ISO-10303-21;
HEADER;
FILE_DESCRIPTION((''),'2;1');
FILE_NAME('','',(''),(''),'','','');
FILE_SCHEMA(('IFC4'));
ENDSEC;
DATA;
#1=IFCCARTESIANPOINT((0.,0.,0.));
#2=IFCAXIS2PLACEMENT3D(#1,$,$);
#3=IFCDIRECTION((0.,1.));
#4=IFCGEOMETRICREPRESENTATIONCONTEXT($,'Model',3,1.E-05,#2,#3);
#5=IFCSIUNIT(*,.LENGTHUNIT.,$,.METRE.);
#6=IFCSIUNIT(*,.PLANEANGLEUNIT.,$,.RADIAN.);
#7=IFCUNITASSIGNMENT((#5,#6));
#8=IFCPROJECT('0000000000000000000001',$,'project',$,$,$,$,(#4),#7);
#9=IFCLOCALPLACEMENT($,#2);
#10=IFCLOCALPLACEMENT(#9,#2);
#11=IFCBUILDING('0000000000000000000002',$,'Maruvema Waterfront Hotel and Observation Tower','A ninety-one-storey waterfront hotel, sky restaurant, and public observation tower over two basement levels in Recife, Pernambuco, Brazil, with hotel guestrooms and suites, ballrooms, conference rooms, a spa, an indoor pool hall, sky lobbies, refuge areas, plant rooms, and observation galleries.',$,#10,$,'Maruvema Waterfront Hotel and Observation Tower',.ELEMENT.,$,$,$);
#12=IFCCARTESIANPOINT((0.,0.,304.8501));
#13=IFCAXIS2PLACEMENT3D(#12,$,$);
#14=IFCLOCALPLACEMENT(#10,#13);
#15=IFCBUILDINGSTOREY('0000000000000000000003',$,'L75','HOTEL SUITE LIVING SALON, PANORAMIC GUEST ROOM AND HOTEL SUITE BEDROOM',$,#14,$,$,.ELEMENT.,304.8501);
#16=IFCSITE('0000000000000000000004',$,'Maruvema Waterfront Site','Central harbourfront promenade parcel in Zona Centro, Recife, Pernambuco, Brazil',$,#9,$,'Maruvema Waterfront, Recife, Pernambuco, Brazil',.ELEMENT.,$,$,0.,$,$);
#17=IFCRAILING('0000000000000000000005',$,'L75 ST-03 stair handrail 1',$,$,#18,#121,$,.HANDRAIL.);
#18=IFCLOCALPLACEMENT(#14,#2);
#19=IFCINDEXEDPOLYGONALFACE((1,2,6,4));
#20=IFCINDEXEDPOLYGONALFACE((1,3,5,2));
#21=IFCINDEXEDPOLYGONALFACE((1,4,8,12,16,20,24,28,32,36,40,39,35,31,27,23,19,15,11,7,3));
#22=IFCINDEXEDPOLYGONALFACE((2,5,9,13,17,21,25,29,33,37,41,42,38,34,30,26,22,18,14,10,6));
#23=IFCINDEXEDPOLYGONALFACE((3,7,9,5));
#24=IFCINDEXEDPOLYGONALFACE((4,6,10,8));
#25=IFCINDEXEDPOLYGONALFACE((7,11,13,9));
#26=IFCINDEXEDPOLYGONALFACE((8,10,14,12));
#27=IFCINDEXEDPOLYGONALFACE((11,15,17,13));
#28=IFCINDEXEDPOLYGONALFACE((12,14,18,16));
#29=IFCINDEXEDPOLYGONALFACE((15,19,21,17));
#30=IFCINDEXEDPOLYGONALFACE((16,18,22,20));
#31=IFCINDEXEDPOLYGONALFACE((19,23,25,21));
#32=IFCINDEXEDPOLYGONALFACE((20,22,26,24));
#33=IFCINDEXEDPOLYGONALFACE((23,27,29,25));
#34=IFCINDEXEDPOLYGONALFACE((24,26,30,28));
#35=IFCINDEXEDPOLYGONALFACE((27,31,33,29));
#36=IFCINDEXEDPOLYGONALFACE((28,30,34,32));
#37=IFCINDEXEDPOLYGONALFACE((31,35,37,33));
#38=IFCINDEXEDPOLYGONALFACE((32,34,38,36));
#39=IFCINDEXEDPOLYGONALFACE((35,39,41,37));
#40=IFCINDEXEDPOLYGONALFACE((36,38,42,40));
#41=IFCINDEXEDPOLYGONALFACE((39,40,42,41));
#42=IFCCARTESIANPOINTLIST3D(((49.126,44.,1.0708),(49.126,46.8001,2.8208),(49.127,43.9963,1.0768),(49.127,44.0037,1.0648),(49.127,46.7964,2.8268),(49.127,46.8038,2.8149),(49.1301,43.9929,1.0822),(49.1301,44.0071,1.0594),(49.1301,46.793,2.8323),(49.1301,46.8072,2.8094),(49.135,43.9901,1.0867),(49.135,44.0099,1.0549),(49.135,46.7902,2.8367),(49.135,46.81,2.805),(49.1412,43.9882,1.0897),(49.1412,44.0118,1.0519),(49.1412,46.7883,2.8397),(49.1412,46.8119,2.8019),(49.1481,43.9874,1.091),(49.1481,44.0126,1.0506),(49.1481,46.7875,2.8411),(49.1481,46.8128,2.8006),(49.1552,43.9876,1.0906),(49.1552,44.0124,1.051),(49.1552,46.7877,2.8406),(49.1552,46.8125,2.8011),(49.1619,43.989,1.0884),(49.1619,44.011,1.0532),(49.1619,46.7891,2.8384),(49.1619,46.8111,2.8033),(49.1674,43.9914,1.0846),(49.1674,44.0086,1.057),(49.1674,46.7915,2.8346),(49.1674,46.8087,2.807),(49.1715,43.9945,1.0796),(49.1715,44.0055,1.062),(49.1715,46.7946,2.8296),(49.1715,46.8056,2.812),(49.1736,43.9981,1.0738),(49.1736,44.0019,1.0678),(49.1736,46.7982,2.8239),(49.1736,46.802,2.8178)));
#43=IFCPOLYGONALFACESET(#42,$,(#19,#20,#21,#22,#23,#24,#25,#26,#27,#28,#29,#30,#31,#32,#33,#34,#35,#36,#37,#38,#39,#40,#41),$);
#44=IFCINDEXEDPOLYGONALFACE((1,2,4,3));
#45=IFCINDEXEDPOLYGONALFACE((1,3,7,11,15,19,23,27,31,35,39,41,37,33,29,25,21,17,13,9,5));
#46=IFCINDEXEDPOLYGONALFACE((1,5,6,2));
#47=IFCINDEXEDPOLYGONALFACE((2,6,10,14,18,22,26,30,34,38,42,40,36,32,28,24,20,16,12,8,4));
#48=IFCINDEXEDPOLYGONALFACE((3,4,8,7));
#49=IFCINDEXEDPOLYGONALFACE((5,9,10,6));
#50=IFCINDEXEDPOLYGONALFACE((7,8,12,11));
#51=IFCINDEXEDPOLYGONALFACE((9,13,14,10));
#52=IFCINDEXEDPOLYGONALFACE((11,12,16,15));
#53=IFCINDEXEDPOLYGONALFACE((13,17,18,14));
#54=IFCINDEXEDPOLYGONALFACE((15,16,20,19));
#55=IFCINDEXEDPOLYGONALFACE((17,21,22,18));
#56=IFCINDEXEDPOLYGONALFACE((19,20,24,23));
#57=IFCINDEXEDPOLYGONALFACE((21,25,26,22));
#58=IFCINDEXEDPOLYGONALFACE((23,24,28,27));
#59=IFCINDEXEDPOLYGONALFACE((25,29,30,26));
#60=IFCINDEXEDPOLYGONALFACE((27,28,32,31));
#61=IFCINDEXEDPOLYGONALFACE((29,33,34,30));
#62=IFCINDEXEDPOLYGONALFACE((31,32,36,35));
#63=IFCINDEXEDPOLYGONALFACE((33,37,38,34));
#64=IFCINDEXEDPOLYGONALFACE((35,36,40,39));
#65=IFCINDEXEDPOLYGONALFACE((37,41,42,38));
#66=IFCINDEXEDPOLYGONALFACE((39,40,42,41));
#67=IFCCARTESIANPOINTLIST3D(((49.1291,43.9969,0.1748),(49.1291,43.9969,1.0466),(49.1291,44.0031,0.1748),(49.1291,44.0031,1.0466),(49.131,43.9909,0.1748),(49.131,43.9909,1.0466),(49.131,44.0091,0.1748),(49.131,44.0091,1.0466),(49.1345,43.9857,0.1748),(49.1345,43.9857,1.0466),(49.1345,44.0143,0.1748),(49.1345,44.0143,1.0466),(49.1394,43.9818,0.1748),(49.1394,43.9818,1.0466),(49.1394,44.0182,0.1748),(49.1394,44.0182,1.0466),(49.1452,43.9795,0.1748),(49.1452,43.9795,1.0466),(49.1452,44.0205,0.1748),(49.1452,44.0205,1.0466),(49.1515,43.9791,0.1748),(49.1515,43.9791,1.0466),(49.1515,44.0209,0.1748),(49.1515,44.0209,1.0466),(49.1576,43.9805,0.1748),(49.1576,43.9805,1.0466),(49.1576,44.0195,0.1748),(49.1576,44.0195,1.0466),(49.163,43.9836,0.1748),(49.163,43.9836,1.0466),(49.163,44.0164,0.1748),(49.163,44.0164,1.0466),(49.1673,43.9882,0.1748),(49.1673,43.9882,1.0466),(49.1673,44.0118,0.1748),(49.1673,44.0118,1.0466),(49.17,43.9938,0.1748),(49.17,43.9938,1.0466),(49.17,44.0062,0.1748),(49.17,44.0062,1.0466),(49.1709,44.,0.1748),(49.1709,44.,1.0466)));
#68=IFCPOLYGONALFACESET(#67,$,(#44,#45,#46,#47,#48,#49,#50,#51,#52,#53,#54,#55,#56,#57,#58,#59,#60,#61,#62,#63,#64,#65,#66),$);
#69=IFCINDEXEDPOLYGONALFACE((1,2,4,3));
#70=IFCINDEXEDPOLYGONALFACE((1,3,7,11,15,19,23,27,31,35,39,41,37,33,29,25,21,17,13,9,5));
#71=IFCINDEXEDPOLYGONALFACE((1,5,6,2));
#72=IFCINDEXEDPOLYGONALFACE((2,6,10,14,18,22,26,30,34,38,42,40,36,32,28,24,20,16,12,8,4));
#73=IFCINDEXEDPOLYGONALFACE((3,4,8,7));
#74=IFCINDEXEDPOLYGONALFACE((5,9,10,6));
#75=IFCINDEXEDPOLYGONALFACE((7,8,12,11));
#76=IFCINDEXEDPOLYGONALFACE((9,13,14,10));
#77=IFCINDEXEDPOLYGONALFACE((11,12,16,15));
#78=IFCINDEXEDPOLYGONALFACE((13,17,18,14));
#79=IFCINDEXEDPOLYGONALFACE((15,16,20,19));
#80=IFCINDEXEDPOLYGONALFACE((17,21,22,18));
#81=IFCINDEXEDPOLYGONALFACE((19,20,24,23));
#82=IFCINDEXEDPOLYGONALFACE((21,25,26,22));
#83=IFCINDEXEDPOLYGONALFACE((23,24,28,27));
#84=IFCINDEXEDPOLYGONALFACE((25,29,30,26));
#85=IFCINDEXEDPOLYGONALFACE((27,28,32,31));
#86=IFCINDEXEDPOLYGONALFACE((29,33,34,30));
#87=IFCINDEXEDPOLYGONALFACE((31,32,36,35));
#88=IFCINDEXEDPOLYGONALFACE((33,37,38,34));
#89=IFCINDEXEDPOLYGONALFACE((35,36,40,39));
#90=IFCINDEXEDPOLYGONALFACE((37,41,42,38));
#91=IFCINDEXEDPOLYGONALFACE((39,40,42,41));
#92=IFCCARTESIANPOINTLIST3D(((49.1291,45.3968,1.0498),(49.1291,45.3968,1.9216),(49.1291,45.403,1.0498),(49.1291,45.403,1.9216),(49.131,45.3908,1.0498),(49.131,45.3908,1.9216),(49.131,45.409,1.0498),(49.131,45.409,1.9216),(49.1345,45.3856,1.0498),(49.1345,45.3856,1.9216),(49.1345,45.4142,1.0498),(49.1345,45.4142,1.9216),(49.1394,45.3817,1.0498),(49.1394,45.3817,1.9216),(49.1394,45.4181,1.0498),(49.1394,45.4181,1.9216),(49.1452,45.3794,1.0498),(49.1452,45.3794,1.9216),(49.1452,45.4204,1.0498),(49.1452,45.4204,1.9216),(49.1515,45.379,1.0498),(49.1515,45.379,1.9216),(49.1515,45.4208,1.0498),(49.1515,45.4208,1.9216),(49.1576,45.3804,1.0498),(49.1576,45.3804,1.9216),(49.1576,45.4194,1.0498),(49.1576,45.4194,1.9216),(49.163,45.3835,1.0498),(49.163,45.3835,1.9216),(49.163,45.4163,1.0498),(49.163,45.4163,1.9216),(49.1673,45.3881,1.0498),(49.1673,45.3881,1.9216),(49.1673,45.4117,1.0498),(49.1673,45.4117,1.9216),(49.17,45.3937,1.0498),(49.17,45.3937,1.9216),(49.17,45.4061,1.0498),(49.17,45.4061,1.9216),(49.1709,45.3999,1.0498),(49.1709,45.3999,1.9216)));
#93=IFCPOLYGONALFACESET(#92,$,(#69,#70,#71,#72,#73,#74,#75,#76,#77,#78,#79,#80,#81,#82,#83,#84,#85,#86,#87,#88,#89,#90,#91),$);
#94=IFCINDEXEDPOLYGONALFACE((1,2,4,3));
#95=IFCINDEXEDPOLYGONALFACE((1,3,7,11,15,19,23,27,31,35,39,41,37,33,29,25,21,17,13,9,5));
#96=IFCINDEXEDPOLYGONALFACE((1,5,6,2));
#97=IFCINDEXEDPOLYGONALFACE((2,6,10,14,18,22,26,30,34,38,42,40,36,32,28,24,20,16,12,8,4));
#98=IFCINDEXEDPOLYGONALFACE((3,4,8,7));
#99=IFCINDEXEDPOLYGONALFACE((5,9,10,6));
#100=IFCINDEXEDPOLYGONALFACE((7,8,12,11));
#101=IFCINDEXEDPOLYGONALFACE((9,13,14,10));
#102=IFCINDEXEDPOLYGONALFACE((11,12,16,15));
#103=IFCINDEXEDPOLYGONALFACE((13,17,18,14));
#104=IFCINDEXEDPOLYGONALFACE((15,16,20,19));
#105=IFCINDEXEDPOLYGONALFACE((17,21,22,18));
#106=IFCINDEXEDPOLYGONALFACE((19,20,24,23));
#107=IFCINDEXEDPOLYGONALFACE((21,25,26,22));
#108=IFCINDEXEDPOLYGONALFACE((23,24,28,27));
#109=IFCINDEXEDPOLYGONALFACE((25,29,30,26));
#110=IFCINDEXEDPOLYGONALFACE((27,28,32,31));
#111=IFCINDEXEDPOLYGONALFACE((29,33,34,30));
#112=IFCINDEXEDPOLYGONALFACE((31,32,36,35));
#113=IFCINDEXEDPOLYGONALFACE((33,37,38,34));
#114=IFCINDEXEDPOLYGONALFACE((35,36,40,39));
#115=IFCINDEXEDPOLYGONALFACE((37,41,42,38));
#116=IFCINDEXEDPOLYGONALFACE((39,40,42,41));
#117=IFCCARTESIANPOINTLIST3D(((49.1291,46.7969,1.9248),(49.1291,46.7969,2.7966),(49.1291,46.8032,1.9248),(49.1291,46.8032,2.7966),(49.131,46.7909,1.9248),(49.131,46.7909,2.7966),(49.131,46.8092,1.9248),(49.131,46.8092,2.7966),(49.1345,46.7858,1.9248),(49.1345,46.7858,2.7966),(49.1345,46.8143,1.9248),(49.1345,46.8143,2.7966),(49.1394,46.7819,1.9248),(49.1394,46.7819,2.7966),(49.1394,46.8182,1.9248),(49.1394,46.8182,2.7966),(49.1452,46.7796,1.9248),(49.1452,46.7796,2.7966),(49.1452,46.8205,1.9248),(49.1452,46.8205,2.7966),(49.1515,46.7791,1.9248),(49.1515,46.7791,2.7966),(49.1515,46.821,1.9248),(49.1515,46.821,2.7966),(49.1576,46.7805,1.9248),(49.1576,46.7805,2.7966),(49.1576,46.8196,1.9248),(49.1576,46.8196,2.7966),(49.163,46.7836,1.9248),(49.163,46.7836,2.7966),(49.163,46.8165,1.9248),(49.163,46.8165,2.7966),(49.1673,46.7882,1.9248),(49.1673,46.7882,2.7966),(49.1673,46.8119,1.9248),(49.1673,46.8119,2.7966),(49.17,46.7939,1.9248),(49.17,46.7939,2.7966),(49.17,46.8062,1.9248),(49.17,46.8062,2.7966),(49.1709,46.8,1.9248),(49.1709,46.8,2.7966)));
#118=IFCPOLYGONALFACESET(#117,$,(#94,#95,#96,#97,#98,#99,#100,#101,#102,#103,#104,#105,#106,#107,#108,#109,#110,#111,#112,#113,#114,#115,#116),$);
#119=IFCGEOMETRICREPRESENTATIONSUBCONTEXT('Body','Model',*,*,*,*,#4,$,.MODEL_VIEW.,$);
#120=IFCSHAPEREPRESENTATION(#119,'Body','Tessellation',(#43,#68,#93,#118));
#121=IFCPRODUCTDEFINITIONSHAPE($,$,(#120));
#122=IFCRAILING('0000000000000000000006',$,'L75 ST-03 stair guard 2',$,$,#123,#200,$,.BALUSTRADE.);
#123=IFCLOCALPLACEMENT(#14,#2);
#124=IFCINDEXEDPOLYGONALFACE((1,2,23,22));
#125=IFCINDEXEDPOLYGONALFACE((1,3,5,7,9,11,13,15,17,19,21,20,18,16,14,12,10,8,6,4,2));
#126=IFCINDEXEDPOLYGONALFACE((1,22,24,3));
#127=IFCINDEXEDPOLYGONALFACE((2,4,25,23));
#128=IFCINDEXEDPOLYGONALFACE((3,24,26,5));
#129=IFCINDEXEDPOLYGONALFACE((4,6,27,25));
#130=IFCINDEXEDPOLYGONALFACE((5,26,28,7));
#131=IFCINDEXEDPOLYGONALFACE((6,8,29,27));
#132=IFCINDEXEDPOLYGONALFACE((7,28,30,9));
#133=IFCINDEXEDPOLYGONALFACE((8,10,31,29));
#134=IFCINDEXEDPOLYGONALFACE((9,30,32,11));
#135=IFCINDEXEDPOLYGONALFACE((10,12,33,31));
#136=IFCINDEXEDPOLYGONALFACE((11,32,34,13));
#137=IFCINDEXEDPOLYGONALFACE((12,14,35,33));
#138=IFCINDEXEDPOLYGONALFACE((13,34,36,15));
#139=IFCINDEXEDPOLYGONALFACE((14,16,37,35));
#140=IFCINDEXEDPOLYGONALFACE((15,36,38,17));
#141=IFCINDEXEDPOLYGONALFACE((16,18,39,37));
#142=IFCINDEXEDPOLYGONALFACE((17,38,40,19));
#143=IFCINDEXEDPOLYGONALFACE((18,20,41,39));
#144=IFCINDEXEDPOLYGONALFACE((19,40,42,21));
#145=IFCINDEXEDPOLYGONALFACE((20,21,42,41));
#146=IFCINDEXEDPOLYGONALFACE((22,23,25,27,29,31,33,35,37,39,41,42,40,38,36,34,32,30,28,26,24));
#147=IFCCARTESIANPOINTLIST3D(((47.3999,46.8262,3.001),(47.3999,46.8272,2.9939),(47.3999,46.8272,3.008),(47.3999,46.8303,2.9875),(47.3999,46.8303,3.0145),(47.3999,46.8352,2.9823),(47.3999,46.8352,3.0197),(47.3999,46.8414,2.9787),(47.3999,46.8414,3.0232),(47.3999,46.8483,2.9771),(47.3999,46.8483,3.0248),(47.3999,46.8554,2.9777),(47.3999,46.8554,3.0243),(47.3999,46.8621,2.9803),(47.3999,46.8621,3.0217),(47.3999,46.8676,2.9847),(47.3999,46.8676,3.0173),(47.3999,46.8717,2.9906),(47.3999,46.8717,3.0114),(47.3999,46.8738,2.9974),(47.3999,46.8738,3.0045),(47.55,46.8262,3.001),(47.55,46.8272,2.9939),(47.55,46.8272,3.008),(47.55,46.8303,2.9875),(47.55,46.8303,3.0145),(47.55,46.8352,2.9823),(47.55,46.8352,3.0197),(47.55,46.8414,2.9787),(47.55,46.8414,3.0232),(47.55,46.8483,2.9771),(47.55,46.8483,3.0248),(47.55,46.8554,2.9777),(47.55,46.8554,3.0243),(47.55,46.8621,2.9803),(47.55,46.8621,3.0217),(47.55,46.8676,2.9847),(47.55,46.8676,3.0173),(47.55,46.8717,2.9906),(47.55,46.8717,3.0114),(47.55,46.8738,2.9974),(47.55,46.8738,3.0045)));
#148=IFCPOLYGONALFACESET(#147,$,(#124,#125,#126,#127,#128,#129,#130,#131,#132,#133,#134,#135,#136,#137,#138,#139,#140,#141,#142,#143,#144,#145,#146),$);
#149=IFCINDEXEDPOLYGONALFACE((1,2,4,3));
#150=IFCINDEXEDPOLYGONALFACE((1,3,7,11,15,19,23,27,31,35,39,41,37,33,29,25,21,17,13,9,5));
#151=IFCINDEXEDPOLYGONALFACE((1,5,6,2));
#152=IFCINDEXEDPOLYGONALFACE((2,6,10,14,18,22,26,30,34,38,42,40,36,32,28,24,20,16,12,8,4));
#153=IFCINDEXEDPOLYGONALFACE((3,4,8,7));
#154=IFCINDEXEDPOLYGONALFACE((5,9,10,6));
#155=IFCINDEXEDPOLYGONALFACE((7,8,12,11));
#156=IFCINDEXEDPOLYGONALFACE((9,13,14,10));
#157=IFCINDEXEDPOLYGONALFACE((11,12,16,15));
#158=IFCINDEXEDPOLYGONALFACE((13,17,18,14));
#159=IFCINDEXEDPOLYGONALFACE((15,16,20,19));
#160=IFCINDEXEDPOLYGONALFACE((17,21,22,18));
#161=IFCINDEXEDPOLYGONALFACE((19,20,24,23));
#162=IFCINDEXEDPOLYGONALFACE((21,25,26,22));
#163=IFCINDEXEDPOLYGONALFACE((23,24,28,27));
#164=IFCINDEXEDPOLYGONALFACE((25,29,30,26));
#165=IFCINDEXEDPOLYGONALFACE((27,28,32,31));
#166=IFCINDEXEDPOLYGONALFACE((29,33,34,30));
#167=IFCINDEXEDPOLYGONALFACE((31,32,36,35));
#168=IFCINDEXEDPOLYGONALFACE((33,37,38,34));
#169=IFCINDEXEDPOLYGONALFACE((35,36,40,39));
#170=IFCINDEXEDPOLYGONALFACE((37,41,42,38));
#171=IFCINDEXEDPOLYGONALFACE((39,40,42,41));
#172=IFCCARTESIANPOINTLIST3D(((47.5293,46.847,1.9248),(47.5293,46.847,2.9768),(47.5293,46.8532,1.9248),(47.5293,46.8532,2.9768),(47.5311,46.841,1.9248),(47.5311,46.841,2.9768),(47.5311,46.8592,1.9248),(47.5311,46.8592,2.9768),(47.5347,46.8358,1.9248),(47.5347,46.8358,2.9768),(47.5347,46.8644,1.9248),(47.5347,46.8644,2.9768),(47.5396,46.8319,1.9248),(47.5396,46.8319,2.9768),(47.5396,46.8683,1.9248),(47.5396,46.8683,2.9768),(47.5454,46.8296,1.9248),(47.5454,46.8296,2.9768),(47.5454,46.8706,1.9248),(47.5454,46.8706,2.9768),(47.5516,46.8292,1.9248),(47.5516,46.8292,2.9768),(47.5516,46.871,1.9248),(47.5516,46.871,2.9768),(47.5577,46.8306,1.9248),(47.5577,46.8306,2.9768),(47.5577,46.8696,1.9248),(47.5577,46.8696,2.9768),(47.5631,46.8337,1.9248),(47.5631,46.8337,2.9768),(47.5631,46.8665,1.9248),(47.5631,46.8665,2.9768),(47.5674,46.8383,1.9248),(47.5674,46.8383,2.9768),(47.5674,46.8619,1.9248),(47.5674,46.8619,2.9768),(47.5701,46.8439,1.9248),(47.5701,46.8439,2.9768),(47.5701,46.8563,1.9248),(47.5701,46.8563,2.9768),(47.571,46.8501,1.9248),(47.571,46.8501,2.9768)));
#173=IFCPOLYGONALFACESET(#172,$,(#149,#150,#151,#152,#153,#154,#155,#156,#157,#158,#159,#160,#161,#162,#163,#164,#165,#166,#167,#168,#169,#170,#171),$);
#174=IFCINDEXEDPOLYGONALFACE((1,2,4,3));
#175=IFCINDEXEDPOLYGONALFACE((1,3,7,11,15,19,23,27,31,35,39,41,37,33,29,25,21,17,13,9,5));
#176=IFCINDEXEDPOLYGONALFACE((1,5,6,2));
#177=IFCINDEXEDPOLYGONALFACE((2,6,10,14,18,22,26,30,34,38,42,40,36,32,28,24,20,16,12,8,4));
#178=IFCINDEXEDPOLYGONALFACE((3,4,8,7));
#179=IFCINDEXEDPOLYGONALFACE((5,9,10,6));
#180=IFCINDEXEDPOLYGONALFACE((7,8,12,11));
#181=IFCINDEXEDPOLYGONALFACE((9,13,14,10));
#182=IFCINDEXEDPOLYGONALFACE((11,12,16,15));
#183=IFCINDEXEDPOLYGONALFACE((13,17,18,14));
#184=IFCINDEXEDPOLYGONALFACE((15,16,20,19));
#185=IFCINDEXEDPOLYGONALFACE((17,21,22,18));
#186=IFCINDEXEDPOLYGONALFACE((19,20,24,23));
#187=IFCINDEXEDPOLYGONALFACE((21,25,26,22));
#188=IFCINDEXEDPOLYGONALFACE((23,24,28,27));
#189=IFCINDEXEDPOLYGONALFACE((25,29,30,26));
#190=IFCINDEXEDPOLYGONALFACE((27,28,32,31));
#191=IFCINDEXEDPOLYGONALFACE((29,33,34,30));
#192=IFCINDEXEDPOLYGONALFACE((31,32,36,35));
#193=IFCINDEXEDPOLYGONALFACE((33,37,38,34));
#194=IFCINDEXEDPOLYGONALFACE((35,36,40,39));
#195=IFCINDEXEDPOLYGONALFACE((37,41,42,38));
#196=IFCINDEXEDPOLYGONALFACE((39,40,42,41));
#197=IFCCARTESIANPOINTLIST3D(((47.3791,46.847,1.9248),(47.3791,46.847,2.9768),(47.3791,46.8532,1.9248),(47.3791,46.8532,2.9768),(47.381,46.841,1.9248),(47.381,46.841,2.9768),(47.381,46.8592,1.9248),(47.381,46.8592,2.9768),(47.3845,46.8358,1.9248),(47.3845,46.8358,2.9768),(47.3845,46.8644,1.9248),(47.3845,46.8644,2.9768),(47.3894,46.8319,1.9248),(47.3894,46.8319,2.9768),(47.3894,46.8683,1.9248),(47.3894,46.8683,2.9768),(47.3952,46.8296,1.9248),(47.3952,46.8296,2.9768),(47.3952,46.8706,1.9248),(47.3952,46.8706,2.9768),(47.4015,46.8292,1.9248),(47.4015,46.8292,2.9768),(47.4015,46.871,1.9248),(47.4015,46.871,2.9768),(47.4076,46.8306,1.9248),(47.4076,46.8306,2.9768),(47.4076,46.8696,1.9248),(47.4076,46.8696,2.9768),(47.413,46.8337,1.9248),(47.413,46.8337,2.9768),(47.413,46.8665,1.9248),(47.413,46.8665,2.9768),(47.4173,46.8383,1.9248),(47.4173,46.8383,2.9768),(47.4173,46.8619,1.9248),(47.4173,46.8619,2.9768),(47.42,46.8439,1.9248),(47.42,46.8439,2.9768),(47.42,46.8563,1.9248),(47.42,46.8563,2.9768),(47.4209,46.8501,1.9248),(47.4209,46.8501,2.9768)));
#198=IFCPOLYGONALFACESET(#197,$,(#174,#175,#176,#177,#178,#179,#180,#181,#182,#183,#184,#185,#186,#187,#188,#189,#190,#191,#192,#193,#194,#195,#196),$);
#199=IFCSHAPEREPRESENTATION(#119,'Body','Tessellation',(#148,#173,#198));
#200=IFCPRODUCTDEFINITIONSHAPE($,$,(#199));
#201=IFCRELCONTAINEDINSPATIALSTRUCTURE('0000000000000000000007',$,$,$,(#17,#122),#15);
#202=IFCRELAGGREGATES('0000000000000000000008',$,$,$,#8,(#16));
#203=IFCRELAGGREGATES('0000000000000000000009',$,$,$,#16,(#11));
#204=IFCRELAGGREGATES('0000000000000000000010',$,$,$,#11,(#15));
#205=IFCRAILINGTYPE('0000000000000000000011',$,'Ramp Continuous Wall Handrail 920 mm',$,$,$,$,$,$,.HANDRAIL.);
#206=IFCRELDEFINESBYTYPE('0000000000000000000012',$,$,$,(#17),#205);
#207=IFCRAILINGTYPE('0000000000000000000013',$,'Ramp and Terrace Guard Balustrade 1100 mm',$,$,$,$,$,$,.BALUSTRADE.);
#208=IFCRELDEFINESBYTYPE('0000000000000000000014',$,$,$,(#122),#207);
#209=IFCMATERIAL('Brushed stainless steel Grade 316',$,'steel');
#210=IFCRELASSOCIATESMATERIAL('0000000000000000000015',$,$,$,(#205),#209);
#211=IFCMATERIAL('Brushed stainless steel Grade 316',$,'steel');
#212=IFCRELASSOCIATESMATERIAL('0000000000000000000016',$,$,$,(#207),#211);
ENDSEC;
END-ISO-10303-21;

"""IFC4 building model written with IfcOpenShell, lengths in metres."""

from ifc_helpers import new_model, si_unit, direction, frame, origin, origin_2d, place, context, subcontext, project, spatial, circle, extrude, material, type_object, element, save


model = new_model("IFC4")

# Units and contexts
model_context = context("Model", 3, precision=1e-05, world=origin(), true_north=direction((0.0, 1.0)))
body_context = subcontext(model_context, "Body", "Model", "MODEL_VIEW")
ifc_project = project(units=[si_unit("LENGTHUNIT", "METRE"), si_unit("PLANEANGLEUNIT", "RADIAN")], contexts=[model_context])

# Site, building, storey
site_placement = place(None, origin())
site = spatial("IfcSite", under=ifc_project, at=site_placement, Name="Maruvema Waterfront Site", Description="Central harbourfront promenade parcel in Zona Centro, Recife, Pernambuco, Brazil", LongName="Maruvema Waterfront, Recife, Pernambuco, Brazil", CompositionType="ELEMENT", RefElevation=0.0)
building_placement = place(site_placement, origin())
building = spatial("IfcBuilding", under=site, at=building_placement, Name="Maruvema Waterfront Hotel and Observation Tower", Description="A ninety-one-storey waterfront hotel, sky restaurant, and public observation tower over two basement levels in Recife, Pernambuco, Brazil, with hotel guestrooms and suites, ballrooms, conference rooms, a spa, an indoor pool hall, sky lobbies, refuge areas, plant rooms, and observation galleries.", LongName="Maruvema Waterfront Hotel and Observation Tower", CompositionType="ELEMENT")
storey_placement = place(building_placement, frame((0.0, 0.0, 304.8501)))
storey = spatial("IfcBuildingStorey", under=building, at=storey_placement, Name="L75", Description="HOTEL SUITE LIVING SALON, PANORAMIC GUEST ROOM AND HOTEL SUITE BEDROOM", CompositionType="ELEMENT", Elevation=304.8501)

# Railings
ifc_material_1 = material(Name="Brushed stainless steel Grade 316", Category="steel")
railing_type_1 = type_object("IfcRailingType", Name="Ramp Continuous Wall Handrail 920 mm", PredefinedType="HANDRAIL", material=ifc_material_1)
railing_1_placement = place(storey_placement, frame((49.1499, 44.0, 0.1748)))
element("IfcRailing", 1, at=railing_1_placement, inside=storey, type_object=railing_type_1, Name="L75 ST-03 stair handrail 1", PredefinedType="HANDRAIL", context=body_context, shape_type="SweptSolid", body=[
    extrude(circle(Radius=0.0239, at=origin_2d()), frame((0.0, 0.0, 0.896), z_axis=(0.0, 0.848002, 0.529992), x_axis=(-1.0, 0.0, 0.0)), (0.0, 0.0, 1.0), 3.302),
    extrude(circle(Radius=0.021, at=origin_2d()), origin(), (0.0, 0.0, 1.0), 0.8718),
    extrude(circle(Radius=0.021, at=origin_2d()), frame((0.0, 1.3999, 0.875)), (0.0, 0.0, 1.0), 0.8718),
    extrude(circle(Radius=0.021, at=origin_2d()), frame((0.0, 2.8, 1.75)), (0.0, 0.0, 1.0), 0.8718),
])
ifc_material_2 = material(Name="Brushed stainless steel Grade 316", Category="steel")
railing_type_2 = type_object("IfcRailingType", Name="Ramp and Terrace Guard Balustrade 1100 mm", PredefinedType="BALUSTRADE", material=ifc_material_2)
railing_2_placement = place(storey_placement, frame((47.55, 46.8501, 1.9248)))
element("IfcRailing", 2, at=railing_2_placement, inside=storey, type_object=railing_type_2, Name="L75 ST-03 stair guard 2", PredefinedType="BALUSTRADE", context=body_context, shape_type="SweptSolid", body=[
    extrude(circle(Radius=0.0239, at=origin_2d()), frame((0.0, 0.0, 1.0762), z_axis=(-1.0, 0.0, 0.0), x_axis=(0.0, -1.0, 0.0)), (0.0, 0.0, 1.0), 0.1501),
    extrude(circle(Radius=0.021, at=origin_2d()), origin(), (0.0, 0.0, 1.0), 1.052),
    extrude(circle(Radius=0.021, at=origin_2d()), frame((-0.1501, 0.0, 0.0)), (0.0, 0.0, 1.0), 1.052),
])

save(model, "model.ifc")
